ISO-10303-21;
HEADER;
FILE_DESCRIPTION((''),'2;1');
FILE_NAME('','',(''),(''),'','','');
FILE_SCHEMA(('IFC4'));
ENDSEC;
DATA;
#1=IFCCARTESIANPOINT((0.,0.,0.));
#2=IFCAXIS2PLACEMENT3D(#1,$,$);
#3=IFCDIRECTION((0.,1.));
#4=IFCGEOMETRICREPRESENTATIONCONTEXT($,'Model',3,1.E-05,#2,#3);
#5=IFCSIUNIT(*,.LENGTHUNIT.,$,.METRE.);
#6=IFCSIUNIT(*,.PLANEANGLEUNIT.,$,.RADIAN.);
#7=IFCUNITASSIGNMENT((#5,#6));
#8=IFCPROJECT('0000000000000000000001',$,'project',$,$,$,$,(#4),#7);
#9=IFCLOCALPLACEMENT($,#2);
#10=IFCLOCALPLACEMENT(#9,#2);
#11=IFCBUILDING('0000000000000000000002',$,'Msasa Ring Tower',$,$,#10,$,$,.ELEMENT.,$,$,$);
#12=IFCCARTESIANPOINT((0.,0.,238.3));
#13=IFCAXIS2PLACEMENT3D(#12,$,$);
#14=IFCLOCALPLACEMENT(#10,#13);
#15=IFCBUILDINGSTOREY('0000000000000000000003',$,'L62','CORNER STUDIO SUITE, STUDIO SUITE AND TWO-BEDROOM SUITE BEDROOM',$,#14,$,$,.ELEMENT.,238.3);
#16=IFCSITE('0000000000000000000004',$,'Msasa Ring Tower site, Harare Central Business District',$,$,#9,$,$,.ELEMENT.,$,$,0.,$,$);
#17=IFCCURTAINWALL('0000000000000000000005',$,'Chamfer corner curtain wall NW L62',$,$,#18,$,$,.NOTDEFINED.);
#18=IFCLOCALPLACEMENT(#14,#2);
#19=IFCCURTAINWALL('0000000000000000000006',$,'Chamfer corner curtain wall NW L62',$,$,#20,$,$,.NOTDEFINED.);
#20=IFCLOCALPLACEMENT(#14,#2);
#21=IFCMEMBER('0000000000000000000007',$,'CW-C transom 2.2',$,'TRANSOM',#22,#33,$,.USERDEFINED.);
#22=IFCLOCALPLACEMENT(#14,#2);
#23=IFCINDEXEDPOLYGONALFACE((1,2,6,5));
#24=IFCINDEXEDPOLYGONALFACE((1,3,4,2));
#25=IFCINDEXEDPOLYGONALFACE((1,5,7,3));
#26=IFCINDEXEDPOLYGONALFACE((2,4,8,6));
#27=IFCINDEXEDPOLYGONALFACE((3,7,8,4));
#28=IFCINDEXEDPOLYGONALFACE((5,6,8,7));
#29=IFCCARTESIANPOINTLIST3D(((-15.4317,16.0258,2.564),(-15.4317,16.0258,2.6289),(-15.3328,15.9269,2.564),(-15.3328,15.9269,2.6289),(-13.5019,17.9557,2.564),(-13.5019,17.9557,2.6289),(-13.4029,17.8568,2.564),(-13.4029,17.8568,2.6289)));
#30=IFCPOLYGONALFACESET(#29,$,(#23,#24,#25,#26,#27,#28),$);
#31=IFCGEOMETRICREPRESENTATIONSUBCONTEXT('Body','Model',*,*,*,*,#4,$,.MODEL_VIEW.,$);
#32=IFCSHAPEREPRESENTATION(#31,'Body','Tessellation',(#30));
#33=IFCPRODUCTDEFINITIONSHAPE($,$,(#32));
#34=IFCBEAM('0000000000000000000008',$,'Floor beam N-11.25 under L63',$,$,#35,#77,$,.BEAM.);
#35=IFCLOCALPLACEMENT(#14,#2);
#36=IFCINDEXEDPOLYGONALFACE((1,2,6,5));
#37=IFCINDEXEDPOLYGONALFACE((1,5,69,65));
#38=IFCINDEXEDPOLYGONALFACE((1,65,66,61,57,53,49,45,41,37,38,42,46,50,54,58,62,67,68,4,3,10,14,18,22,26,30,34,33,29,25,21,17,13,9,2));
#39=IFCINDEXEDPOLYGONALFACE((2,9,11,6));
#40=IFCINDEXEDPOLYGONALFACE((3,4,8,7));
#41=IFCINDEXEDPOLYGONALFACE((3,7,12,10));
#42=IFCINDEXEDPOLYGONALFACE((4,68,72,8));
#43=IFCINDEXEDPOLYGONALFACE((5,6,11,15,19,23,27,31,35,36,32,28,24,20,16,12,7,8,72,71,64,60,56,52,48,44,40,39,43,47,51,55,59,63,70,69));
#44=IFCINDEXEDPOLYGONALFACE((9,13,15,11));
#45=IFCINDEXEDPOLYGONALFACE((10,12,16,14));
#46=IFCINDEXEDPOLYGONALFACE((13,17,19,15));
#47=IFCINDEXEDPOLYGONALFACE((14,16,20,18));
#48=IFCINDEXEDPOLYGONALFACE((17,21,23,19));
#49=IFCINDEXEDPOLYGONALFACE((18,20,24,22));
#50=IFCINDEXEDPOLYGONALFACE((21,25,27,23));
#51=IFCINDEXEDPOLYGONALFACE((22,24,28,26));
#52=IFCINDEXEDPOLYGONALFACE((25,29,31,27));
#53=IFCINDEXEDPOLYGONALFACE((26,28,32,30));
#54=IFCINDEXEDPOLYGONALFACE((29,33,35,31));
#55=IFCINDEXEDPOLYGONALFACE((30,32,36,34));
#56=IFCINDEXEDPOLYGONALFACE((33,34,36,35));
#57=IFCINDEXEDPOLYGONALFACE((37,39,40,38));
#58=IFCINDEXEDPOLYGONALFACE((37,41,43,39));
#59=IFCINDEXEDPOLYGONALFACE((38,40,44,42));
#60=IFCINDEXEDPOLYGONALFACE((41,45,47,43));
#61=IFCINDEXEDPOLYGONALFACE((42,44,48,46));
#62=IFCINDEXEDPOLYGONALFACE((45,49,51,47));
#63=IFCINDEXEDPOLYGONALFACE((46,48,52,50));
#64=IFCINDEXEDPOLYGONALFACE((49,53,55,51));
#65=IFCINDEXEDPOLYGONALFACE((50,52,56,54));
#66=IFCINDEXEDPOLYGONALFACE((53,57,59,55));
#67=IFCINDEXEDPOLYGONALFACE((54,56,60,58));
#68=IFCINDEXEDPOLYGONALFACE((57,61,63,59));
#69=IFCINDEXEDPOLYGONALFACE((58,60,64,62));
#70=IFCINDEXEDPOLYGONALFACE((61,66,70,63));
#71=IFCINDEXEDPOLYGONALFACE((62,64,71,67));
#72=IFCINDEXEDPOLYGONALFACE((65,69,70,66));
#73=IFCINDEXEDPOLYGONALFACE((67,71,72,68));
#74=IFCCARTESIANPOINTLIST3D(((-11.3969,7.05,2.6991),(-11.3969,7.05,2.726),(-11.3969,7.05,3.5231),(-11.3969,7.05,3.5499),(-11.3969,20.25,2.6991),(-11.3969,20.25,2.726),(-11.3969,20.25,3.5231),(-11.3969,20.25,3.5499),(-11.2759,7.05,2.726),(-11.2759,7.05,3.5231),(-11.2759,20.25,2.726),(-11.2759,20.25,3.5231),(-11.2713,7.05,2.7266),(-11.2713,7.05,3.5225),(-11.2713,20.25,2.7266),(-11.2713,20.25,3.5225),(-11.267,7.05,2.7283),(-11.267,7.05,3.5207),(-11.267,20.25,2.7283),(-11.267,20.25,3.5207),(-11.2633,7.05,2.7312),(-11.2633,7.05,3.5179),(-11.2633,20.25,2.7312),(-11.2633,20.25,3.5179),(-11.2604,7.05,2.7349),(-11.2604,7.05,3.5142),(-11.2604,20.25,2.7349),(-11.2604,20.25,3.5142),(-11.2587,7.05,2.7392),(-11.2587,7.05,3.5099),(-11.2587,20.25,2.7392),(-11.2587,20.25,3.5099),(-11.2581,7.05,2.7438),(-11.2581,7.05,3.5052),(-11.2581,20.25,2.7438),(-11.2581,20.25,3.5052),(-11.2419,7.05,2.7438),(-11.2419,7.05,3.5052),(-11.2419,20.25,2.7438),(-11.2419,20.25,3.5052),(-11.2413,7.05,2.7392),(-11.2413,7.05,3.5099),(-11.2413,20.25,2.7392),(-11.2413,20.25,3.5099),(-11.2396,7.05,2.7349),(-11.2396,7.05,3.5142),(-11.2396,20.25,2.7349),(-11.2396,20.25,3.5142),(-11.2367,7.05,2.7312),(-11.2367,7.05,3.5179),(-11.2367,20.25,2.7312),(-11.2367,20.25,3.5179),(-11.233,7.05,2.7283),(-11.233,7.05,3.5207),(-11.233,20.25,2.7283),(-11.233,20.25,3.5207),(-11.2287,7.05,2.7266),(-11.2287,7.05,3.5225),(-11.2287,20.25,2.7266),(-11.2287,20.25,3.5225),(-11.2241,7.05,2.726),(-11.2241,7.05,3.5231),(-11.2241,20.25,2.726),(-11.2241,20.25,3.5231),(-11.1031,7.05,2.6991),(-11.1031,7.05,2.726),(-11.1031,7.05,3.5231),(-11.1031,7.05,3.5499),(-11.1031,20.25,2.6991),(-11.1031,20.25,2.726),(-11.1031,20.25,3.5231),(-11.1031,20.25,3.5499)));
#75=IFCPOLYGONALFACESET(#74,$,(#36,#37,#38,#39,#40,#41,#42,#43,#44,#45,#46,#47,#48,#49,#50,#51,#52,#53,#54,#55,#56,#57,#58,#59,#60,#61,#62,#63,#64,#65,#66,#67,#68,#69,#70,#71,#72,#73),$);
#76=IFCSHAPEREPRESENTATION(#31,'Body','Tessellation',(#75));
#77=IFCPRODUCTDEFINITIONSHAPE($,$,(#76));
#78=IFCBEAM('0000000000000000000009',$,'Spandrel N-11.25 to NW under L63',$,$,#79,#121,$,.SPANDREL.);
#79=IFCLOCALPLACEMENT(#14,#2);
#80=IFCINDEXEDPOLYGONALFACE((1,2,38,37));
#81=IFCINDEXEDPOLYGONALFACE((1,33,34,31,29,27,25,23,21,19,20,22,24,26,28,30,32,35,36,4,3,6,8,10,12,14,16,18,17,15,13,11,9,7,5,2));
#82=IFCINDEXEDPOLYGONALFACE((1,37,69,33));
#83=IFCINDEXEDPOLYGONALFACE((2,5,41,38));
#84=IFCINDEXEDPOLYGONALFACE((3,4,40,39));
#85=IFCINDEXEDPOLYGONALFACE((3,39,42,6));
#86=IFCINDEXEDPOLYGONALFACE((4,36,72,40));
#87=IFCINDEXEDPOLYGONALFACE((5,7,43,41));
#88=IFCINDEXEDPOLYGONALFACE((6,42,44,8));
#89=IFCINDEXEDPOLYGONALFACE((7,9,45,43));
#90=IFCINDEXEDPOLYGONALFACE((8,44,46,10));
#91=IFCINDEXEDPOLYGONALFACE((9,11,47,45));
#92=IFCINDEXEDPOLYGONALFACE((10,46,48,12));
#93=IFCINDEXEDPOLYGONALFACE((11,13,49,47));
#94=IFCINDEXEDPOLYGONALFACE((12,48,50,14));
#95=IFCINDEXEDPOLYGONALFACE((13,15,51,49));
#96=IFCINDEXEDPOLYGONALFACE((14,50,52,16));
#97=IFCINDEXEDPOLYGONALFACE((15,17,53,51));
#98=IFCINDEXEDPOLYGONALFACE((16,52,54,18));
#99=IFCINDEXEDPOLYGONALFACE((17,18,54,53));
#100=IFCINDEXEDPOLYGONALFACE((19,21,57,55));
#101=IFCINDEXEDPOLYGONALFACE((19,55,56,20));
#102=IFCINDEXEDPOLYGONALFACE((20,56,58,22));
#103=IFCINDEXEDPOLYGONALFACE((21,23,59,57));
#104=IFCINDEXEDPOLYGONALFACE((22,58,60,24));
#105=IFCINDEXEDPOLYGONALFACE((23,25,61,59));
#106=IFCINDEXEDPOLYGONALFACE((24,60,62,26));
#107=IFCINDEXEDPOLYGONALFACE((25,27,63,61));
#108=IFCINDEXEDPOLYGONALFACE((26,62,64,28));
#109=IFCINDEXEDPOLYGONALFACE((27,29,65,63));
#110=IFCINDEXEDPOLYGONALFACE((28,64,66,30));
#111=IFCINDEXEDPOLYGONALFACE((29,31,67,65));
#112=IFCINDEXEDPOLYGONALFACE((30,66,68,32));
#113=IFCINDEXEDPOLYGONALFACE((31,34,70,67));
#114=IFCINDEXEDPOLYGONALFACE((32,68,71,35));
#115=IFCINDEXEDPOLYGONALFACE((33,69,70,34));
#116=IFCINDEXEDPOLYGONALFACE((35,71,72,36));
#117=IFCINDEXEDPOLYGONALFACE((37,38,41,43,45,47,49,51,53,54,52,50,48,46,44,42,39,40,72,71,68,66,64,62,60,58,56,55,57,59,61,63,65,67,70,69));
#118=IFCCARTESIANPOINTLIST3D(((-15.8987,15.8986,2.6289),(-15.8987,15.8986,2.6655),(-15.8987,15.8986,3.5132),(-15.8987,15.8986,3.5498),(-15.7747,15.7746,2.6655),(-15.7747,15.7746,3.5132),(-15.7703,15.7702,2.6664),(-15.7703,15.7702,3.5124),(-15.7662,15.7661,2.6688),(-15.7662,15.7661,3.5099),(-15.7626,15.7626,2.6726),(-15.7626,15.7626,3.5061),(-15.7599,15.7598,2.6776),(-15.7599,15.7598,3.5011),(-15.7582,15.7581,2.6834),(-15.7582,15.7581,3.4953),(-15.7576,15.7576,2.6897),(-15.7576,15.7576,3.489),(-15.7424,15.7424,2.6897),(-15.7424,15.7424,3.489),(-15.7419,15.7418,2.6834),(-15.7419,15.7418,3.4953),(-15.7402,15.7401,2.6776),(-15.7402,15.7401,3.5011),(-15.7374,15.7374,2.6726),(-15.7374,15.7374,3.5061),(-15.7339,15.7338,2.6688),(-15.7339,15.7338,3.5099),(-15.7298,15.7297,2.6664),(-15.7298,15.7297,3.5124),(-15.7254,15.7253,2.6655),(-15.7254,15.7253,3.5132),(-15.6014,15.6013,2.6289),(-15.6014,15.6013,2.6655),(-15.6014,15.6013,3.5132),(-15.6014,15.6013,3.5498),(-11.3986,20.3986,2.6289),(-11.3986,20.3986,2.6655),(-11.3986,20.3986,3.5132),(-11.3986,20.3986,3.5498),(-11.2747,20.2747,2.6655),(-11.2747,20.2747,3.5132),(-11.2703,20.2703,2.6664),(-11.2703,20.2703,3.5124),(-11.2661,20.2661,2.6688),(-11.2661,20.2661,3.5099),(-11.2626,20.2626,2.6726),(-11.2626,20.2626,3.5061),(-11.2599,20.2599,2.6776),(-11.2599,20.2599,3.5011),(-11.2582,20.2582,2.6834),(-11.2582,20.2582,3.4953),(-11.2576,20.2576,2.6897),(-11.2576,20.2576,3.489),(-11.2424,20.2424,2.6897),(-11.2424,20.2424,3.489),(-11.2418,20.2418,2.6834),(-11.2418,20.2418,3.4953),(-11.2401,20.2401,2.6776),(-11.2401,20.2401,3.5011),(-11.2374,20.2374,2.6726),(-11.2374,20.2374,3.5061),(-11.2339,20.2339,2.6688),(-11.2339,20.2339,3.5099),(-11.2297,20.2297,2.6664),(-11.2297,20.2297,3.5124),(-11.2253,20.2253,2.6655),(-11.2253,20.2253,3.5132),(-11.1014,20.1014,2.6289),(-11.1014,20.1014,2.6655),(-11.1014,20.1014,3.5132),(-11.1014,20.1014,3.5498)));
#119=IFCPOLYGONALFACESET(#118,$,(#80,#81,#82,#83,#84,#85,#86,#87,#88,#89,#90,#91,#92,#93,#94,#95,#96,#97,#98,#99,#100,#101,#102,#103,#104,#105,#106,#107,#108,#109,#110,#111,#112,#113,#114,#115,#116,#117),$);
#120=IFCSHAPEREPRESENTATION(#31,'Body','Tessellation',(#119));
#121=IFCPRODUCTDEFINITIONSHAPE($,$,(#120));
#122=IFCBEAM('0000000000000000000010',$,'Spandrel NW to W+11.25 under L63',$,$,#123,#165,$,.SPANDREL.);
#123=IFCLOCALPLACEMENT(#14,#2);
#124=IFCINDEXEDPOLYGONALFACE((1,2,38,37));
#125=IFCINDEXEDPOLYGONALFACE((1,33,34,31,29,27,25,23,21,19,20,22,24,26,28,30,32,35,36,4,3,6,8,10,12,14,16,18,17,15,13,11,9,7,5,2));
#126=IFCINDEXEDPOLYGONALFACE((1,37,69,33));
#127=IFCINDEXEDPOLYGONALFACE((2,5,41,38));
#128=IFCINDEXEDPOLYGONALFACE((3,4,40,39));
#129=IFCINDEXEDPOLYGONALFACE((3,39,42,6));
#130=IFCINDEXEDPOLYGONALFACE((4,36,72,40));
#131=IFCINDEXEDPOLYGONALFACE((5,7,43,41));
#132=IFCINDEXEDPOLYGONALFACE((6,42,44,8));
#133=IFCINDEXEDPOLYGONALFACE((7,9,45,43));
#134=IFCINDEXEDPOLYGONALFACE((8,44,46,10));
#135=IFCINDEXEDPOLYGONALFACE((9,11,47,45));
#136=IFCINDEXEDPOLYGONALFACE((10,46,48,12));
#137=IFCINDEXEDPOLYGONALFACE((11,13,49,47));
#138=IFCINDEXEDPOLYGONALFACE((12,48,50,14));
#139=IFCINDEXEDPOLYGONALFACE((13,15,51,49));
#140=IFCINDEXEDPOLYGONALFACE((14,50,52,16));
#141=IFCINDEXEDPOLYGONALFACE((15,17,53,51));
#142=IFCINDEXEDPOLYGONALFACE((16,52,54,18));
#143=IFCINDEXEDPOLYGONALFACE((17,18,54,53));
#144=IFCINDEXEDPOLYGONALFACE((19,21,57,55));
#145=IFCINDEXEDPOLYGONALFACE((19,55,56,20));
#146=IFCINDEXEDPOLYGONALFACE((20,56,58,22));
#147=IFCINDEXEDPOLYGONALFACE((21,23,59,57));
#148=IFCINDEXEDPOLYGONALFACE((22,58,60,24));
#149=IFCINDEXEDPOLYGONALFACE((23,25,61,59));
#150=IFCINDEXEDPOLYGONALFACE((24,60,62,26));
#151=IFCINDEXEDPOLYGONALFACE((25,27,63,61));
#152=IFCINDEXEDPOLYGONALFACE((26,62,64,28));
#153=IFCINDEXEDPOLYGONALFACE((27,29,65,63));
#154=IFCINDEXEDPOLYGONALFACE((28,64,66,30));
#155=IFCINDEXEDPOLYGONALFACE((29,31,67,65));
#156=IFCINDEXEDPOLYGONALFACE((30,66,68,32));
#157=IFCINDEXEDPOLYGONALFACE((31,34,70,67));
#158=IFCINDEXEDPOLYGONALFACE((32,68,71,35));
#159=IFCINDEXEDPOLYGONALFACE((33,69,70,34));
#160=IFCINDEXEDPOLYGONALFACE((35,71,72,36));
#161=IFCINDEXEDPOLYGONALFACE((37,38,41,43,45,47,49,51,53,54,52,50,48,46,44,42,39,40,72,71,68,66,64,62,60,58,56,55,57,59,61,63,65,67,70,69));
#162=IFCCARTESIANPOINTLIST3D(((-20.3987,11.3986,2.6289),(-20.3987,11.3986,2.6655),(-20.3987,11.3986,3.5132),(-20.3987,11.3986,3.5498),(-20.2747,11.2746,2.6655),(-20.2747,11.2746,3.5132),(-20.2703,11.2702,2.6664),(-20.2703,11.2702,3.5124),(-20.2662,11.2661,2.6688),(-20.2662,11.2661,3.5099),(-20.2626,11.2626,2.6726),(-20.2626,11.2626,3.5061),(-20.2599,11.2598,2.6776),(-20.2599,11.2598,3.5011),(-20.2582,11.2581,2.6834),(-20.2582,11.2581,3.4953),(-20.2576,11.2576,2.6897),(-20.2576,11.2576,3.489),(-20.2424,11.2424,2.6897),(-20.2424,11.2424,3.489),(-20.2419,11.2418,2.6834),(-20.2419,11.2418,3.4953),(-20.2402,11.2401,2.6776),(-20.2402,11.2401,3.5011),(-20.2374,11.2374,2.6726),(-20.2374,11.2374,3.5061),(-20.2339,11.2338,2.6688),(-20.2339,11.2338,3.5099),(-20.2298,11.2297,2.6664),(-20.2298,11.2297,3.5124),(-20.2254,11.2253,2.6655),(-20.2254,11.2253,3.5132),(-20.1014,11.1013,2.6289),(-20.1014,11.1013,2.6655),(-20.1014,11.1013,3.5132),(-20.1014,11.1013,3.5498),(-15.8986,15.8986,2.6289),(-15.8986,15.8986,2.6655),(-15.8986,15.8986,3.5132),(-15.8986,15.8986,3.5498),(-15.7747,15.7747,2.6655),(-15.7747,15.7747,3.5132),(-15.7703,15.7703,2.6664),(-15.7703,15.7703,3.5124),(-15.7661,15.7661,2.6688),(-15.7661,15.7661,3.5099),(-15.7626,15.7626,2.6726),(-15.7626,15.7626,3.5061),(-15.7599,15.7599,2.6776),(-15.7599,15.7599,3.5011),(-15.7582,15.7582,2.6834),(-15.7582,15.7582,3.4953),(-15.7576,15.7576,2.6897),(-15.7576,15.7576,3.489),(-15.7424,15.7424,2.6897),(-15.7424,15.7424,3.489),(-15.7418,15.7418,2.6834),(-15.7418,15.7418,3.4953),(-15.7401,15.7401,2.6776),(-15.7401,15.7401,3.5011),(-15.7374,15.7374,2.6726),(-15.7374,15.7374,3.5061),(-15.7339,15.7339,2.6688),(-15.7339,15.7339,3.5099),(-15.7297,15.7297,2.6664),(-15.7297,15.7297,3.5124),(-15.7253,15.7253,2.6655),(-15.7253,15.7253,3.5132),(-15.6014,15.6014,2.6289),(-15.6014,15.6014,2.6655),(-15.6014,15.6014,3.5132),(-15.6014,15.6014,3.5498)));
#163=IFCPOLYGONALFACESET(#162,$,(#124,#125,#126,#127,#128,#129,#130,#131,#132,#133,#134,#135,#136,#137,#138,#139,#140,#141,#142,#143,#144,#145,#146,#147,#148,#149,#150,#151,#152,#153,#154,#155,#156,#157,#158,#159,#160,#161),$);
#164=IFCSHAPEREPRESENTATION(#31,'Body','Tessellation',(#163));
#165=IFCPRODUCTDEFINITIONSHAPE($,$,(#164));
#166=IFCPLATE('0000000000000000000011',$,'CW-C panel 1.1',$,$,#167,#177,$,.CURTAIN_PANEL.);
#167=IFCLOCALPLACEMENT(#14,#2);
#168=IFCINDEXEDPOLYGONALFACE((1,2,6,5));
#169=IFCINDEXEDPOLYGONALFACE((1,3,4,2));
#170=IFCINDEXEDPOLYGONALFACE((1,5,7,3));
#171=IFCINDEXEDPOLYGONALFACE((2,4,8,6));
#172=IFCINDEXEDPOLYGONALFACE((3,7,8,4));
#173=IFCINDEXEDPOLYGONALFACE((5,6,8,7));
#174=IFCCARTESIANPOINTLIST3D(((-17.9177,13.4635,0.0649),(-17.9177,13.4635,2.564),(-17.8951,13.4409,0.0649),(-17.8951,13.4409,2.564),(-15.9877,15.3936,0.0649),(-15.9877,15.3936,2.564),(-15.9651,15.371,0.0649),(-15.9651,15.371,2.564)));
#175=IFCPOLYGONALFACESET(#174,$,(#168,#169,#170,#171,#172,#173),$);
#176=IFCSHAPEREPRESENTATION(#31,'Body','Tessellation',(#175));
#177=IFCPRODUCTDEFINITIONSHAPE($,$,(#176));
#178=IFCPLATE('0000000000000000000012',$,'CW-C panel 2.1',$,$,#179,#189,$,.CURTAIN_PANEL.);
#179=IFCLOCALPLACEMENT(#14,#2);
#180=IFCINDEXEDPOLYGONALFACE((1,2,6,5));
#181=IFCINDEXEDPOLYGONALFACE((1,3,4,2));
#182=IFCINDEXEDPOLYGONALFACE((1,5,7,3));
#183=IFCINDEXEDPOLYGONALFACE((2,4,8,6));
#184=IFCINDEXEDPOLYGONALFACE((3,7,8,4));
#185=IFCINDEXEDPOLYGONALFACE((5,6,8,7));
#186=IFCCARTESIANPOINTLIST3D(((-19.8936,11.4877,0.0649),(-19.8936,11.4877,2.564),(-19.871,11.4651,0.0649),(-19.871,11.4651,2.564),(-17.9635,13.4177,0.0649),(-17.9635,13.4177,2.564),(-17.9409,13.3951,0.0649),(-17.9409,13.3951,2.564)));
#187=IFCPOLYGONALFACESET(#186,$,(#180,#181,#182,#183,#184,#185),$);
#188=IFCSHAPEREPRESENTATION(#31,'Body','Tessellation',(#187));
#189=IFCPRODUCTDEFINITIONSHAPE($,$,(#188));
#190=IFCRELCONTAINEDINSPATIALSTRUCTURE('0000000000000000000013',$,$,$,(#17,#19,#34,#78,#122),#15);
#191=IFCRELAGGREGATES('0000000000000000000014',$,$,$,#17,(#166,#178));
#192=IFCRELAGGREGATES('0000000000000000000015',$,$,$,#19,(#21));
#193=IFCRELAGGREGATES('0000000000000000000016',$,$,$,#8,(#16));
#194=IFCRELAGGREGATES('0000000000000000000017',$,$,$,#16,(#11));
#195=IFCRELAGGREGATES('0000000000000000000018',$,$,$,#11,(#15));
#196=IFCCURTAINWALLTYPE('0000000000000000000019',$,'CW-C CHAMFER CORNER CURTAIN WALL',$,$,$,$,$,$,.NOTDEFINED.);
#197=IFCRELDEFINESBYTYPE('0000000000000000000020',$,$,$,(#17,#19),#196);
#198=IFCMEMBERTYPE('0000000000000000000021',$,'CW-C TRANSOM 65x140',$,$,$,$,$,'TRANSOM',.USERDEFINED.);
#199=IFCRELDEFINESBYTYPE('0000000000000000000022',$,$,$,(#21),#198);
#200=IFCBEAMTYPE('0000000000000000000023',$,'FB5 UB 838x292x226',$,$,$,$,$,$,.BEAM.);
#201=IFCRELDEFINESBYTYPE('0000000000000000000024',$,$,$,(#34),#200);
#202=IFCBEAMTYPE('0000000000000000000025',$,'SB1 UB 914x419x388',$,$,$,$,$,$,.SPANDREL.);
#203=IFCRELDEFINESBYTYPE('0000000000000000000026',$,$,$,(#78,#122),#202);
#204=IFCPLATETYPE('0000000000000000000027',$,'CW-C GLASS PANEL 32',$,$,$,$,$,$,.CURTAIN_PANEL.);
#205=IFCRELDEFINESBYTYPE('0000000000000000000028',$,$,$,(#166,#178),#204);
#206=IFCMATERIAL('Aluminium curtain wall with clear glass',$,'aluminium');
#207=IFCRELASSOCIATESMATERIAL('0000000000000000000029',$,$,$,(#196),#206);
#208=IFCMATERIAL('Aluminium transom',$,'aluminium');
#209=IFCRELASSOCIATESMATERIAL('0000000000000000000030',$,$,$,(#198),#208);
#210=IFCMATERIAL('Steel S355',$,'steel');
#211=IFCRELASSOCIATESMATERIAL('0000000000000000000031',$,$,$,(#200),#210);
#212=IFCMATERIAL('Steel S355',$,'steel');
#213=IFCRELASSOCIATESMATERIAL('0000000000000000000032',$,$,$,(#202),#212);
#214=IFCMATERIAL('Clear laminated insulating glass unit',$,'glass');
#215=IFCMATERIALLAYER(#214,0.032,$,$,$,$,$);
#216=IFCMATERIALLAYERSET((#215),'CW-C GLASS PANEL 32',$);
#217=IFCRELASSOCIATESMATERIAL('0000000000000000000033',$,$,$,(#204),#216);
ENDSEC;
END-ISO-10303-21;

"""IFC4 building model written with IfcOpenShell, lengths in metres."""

from ifc_helpers import new_model, si_unit, direction, frame, origin, origin_2d, place, context, subcontext, project, spatial, rectangle, i_section, extrude, material, layer, layer_set, material_profile, profile_set, type_object, element, aggregate, save


model = new_model("IFC4")

# Units and contexts
model_context = context("Model", 3, precision=1e-05, world=origin(), true_north=direction((0.0, 1.0)))
body_context = subcontext(model_context, "Body", "Model", "MODEL_VIEW")
ifc_project = project(units=[si_unit("LENGTHUNIT", "METRE"), si_unit("PLANEANGLEUNIT", "RADIAN")], contexts=[model_context])

# Site, building, storey
site_placement = place(None, origin())
site = spatial("IfcSite", under=ifc_project, at=site_placement, Name="Msasa Ring Tower site, Harare Central Business District", CompositionType="ELEMENT", RefElevation=0.0)
building_placement = place(site_placement, origin())
building = spatial("IfcBuilding", under=site, at=building_placement, Name="Msasa Ring Tower", CompositionType="ELEMENT")
storey_placement = place(building_placement, frame((0.0, 0.0, 238.3)))
storey = spatial("IfcBuildingStorey", under=building, at=storey_placement, Name="L62", Description="CORNER STUDIO SUITE, STUDIO SUITE AND TWO-BEDROOM SUITE BEDROOM", CompositionType="ELEMENT", Elevation=238.3)

# Curtain walls
ifc_material_1 = material(Name="Aluminium curtain wall with clear glass", Category="aluminium")
curtain_wall_type = type_object("IfcCurtainWallType", Name="CW-C CHAMFER CORNER CURTAIN WALL", PredefinedType="NOTDEFINED", material=ifc_material_1)
curtain_wall_1_placement = place(storey_placement, origin())
curtain_wall_1 = element("IfcCurtainWall", 1, at=curtain_wall_1_placement, inside=storey, type_object=curtain_wall_type, Name="Chamfer corner curtain wall NW L62", PredefinedType="NOTDEFINED")
curtain_wall_2_placement = place(storey_placement, origin())
curtain_wall_2 = element("IfcCurtainWall", 2, at=curtain_wall_2_placement, inside=storey, type_object=curtain_wall_type, Name="Chamfer corner curtain wall NW L62", PredefinedType="NOTDEFINED")

# Member
ifc_material_2 = material(Name="Aluminium transom", Category="aluminium")
ifc_material_profile_1 = material_profile(ifc_material_2, rectangle(XDim=0.1399, YDim=0.0649, at=origin_2d()), Name="AL 65x140")
ifc_profile_set_1 = profile_set([ifc_material_profile_1], Name="Aluminium transom")
member_type_1 = type_object("IfcMemberType", Name="CW-C TRANSOM 65x140", ElementType="TRANSOM", PredefinedType="USERDEFINED", material=ifc_profile_set_1)
member_1_placement = place(storey_placement, frame((-13.4524, 17.9062, 2.5964), z_axis=(-0.707107, -0.707107, 0.0), x_axis=(0.707107, -0.707107, 0.0)))
member_1 = element("IfcMember", 3, at=member_1_placement, type_object=member_type_1, Name="CW-C transom 2.2", ObjectType="TRANSOM", PredefinedType="USERDEFINED", context=body_context, shape_type="SweptSolid", body=[
    extrude(rectangle(XDim=0.1399, YDim=0.0649, at=origin_2d()), origin(), (0.0, 0.0, 1.0), 2.7292),
])

# Beams
ifc_material_3 = material(Name="Steel S355", Category="steel")
ifc_material_profile_2 = material_profile(ifc_material_3, i_section(OverallWidth=0.2937, OverallDepth=0.8508, WebThickness=0.0161, FlangeThickness=0.0269, FilletRadius=0.0178, at=origin_2d()), Name="UB 838x292x226")
ifc_profile_set_2 = profile_set([ifc_material_profile_2], Name="Steel S355")
beam_type_1 = type_object("IfcBeamType", Name="FB5 UB 838x292x226", PredefinedType="BEAM", material=ifc_profile_set_2)
beam_placement = place(storey_placement, frame((-11.25, 20.25, 3.1245), z_axis=(0.0, -1.0, 0.0), x_axis=(1.0, 0.0, 0.0)))
element("IfcBeam", 4, at=beam_placement, inside=storey, type_object=beam_type_1, Name="Floor beam N-11.25 under L63", PredefinedType="BEAM", context=body_context, shape_type="SweptSolid", body=[
    extrude(i_section(OverallWidth=0.2937, OverallDepth=0.8508, WebThickness=0.0161, FlangeThickness=0.0269, FilletRadius=0.0178, at=origin_2d()), origin(), (0.0, 0.0, 1.0), 13.2),
])
ifc_material_4 = material(Name="Steel S355", Category="steel")
ifc_material_profile_3 = material_profile(ifc_material_4, i_section(OverallWidth=0.4204, OverallDepth=0.9209, WebThickness=0.0215, FlangeThickness=0.0366, FilletRadius=0.0242, at=origin_2d()), Name="UB 914x419x388")
ifc_profile_set_3 = profile_set([ifc_material_profile_3], Name="Steel S355")
beam_type_2 = type_object("IfcBeamType", Name="SB1 UB 914x419x388", PredefinedType="SPANDREL", material=ifc_profile_set_3)
for number, where, z_axis, x_axis, name in (
    (5, (-11.25, 20.25, 3.0894), (-0.707107, -0.707107, 0.0), (0.707107, -0.707107, 0.0), "Spandrel N-11.25 to NW under L63"),
    (6, (-15.75, 15.75, 3.0894), (-0.707107, -0.707107, 0.0), (0.707107, -0.707107, 0.0), "Spandrel NW to W+11.25 under L63"),
):
    element("IfcBeam", number, at=place(storey_placement, frame(where, z_axis=z_axis, x_axis=x_axis)), inside=storey, type_object=beam_type_2, Name=name, PredefinedType="SPANDREL", context=body_context, shape_type="SweptSolid", body=[
        extrude(i_section(OverallWidth=0.4204, OverallDepth=0.9209, WebThickness=0.0215, FlangeThickness=0.0366, FilletRadius=0.0242, at=origin_2d()), origin(), (0.0, 0.0, 1.0), 6.364),
    ])

# Plates
ifc_material_5 = material(Name="Clear laminated insulating glass unit", Category="glass")
ifc_layer_1 = layer(ifc_material_5, 0.032)
ifc_layer_set_1 = layer_set([ifc_layer_1], Name="CW-C GLASS PANEL 32")
plate_type = type_object("IfcPlateType", Name="CW-C GLASS PANEL 32", PredefinedType="CURTAIN_PANEL", material=ifc_layer_set_1)
plate_1_placement = place(storey_placement, frame((-16.9414, 14.4172, 0.0649), z_axis=(0.0, 0.0, 1.0), x_axis=(-0.707107, -0.707107, 0.0)))
plate_1 = element("IfcPlate", 7, at=plate_1_placement, type_object=plate_type, Name="CW-C panel 1.1", PredefinedType="CURTAIN_PANEL", context=body_context, shape_type="SweptSolid", body=[
    extrude(rectangle(XDim=2.7295, YDim=0.032, at=origin_2d()), origin(), (0.0, 0.0, 1.0), 2.499),
])
plate_2_placement = place(storey_placement, frame((-18.9172, 12.4414, 0.0649), z_axis=(0.0, 0.0, 1.0), x_axis=(-0.707107, -0.707107, 0.0)))
plate_2 = element("IfcPlate", 8, at=plate_2_placement, type_object=plate_type, Name="CW-C panel 2.1", PredefinedType="CURTAIN_PANEL", context=body_context, shape_type="SweptSolid", body=[
    extrude(rectangle(XDim=2.7295, YDim=0.032, at=origin_2d()), origin(), (0.0, 0.0, 1.0), 2.499),
])
aggregate(curtain_wall_1, [plate_1, plate_2])
aggregate(curtain_wall_2, [member_1])

save(model, "model.ifc")
